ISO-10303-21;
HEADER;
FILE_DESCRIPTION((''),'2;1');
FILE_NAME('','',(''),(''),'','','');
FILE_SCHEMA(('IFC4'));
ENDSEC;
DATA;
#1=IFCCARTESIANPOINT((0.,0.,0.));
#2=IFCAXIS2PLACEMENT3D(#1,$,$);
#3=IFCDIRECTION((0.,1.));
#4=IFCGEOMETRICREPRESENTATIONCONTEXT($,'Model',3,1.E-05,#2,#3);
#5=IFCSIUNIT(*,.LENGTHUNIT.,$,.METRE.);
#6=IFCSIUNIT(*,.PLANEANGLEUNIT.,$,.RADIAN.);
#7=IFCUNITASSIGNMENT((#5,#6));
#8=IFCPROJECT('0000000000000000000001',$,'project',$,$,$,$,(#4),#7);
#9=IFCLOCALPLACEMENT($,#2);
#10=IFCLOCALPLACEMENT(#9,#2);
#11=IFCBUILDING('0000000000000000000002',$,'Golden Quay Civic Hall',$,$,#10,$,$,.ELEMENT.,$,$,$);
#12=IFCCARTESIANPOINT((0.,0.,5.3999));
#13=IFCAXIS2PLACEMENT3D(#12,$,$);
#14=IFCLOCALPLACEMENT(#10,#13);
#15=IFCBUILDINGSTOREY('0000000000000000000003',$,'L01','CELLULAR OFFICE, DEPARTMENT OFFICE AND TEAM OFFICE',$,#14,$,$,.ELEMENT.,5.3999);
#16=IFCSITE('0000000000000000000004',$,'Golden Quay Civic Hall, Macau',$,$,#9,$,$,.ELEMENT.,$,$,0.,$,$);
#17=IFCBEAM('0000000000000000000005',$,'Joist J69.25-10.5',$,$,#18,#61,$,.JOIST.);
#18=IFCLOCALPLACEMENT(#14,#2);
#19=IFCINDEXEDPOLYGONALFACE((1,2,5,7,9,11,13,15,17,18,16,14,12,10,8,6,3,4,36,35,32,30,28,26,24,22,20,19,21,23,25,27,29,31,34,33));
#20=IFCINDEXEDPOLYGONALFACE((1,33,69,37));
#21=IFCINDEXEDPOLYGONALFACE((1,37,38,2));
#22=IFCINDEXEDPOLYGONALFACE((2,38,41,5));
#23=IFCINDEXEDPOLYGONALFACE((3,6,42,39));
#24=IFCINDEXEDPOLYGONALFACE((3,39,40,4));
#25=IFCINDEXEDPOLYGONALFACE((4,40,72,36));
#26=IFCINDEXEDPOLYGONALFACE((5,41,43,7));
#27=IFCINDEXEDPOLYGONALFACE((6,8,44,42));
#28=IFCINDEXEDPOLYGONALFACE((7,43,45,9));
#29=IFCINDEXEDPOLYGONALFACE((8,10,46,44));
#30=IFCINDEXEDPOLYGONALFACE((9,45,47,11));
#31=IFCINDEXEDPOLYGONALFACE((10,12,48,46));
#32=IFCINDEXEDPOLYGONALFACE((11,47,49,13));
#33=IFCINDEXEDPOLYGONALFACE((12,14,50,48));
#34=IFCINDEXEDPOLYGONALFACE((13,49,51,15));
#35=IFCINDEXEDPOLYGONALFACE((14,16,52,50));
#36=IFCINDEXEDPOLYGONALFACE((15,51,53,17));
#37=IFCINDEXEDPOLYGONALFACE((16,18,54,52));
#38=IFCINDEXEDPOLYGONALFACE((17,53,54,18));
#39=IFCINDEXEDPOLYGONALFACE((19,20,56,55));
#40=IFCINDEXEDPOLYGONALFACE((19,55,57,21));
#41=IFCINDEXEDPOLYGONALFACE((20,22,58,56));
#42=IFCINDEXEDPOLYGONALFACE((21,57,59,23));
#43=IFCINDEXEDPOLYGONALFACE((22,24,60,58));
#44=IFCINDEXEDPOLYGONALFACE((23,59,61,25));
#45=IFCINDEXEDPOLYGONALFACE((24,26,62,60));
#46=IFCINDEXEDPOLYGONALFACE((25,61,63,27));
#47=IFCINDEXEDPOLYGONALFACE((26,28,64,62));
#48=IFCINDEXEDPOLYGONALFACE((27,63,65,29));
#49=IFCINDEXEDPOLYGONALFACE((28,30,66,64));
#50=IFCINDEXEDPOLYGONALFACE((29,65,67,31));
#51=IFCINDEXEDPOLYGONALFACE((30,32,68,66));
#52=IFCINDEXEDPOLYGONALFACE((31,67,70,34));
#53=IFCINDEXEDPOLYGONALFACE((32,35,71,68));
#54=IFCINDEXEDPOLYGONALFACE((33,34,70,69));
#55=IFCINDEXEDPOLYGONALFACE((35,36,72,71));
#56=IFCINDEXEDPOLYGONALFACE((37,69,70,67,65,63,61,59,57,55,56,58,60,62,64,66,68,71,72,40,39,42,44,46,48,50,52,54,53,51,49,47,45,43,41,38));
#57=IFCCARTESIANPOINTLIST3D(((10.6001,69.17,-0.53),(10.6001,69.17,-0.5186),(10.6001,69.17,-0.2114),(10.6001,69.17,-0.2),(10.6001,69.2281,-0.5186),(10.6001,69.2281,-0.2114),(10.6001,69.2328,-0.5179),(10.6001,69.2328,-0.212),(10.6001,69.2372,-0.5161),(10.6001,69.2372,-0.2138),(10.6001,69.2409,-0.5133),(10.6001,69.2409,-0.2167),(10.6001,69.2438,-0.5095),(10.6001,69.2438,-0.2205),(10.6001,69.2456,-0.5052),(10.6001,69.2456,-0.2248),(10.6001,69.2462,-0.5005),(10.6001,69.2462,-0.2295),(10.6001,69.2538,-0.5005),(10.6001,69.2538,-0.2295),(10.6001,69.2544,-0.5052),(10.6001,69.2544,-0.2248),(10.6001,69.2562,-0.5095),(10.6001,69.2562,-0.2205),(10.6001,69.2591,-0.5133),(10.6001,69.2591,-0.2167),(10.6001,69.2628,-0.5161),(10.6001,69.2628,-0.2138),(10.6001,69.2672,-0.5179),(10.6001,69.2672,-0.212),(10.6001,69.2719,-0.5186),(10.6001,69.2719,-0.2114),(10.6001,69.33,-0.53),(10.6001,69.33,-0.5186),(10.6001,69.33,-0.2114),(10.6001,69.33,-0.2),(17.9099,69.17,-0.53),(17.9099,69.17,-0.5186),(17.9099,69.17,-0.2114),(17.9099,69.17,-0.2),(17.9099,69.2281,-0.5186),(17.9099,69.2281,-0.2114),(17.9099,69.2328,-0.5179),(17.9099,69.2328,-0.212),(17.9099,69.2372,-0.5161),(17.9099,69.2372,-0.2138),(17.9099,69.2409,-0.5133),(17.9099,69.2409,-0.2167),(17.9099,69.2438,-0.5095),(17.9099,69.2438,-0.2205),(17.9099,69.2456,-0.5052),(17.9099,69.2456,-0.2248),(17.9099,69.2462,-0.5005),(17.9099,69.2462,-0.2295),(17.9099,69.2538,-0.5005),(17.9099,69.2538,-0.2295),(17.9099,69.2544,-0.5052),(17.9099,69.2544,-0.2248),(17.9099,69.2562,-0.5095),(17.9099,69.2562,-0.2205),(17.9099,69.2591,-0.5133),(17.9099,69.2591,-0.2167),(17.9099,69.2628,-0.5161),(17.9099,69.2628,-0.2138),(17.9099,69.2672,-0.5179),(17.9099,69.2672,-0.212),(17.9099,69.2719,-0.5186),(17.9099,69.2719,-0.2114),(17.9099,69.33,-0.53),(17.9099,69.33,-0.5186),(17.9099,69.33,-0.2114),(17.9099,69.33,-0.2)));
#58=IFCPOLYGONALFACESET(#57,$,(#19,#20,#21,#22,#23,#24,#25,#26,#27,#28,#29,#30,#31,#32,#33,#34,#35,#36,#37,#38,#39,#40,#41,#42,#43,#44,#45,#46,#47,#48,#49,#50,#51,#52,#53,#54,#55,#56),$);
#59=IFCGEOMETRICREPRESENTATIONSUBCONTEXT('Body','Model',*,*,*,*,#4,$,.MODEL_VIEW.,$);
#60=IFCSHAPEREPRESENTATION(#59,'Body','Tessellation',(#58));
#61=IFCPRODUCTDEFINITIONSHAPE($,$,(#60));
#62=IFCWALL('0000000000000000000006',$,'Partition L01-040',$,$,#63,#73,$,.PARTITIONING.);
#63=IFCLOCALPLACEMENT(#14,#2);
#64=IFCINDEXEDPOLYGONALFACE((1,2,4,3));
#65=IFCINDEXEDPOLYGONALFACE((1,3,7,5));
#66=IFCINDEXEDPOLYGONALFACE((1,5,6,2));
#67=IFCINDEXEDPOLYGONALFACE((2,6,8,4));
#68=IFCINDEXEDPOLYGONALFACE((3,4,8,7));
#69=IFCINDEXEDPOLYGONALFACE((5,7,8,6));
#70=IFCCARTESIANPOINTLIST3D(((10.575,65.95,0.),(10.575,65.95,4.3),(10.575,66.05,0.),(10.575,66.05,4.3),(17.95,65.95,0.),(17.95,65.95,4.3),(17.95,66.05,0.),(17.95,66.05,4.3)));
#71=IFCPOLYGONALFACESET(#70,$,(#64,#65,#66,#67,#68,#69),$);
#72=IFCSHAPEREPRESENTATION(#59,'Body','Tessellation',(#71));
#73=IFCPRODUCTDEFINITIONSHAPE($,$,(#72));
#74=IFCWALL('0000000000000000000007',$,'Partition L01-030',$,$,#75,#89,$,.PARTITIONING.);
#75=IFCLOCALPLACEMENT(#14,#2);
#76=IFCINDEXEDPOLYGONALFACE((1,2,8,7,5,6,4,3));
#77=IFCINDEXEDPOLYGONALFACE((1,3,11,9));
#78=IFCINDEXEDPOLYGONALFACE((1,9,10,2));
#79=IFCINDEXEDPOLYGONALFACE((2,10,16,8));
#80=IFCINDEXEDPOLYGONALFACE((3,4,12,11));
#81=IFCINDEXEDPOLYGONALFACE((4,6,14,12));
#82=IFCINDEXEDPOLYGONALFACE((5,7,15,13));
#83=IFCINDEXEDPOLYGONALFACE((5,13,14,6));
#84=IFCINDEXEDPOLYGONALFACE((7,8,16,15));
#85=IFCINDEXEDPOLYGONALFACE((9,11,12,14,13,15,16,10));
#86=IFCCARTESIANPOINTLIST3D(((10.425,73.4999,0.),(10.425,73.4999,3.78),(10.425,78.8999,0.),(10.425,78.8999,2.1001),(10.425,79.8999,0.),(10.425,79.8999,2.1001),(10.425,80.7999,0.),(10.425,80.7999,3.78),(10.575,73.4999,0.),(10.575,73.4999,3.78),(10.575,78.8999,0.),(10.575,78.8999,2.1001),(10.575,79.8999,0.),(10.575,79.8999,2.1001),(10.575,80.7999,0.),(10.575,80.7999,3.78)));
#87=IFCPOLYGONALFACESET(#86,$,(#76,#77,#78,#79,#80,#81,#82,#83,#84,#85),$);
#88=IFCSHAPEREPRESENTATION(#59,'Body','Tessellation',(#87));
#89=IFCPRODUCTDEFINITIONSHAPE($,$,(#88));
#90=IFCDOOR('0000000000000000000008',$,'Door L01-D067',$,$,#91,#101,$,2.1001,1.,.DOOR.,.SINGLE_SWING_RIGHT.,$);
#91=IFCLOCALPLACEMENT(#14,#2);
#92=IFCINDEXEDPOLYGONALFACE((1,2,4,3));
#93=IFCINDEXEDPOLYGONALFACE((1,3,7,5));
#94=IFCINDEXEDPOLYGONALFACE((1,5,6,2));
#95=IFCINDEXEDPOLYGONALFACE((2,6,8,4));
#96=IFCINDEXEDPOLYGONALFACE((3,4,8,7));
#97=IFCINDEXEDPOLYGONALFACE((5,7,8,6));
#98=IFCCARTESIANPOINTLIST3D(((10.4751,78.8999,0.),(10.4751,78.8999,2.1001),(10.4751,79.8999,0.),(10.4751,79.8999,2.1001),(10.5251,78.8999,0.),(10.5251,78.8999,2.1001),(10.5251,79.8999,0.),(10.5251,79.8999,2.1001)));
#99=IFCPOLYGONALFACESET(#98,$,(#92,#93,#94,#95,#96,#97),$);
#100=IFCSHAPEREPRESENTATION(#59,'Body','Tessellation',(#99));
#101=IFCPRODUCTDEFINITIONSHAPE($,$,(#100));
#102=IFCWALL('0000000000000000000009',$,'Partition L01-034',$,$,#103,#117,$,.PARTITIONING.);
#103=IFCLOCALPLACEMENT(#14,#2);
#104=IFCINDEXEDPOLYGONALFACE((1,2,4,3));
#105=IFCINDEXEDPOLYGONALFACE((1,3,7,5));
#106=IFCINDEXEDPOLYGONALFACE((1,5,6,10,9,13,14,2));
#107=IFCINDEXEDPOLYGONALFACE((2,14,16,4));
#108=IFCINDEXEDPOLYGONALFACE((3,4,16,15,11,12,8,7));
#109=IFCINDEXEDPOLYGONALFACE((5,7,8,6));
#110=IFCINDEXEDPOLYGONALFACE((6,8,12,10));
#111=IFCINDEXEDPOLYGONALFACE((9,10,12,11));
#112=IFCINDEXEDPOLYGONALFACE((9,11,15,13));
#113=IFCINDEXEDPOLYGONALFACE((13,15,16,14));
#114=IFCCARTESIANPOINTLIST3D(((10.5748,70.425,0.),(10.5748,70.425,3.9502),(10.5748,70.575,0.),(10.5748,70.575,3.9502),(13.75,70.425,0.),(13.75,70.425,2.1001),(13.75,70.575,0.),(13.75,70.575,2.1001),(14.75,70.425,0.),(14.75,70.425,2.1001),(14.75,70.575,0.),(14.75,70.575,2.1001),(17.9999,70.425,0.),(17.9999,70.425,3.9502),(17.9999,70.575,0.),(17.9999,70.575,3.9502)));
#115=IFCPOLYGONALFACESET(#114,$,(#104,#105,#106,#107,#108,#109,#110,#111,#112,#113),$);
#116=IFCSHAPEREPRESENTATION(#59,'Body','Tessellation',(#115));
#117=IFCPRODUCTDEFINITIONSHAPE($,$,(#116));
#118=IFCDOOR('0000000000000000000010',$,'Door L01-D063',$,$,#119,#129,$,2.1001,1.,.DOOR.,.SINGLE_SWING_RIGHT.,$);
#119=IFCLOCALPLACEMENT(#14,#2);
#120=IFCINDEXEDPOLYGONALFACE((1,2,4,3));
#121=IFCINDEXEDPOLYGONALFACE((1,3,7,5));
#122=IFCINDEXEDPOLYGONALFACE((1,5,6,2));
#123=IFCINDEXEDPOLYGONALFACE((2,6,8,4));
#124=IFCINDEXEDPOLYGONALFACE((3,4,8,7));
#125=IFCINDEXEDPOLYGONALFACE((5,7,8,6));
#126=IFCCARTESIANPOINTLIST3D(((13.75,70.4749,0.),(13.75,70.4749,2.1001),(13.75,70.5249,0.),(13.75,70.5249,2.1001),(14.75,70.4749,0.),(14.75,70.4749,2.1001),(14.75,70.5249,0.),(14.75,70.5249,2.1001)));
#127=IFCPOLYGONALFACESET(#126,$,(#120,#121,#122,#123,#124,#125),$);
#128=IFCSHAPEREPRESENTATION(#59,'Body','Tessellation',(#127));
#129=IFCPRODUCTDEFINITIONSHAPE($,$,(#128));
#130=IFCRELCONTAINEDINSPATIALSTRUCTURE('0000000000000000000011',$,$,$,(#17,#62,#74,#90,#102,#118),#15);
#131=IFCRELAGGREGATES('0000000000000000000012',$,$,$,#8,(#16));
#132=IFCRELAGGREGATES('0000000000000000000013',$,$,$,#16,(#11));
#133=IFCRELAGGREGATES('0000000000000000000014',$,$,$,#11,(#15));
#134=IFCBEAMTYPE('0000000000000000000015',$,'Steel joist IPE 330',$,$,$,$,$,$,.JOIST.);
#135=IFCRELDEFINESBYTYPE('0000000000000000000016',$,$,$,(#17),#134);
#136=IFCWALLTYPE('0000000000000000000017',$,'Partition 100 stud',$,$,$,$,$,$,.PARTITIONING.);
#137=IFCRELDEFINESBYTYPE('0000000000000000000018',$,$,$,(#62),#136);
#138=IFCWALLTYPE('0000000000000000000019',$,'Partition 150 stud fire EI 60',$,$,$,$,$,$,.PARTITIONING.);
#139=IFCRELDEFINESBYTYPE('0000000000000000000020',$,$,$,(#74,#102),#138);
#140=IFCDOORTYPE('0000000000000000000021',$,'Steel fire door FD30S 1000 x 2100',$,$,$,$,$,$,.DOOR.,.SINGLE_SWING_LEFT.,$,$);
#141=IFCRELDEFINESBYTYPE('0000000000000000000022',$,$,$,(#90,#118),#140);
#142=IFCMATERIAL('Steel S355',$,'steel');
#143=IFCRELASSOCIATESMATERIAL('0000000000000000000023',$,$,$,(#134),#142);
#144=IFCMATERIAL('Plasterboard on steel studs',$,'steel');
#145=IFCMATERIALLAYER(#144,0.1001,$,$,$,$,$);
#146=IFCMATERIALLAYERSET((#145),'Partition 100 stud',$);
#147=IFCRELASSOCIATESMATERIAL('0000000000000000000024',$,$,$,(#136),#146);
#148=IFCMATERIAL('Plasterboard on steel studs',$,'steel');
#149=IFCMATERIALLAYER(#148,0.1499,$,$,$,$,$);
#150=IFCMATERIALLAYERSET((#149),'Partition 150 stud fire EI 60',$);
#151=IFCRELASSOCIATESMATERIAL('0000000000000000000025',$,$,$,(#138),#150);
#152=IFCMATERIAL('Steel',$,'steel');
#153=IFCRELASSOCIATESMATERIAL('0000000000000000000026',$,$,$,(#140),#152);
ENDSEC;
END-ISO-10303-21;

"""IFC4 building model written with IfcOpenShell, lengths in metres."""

from ifc_helpers import new_model, si_unit, direction, frame, frame_2d, origin, origin_2d, place, context, subcontext, project, spatial, rectangle, i_section, extrude, material, layer, layer_set, material_profile, profile_set, type_object, element, fill, save


model = new_model("IFC4")

# Units and contexts
model_context = context("Model", 3, precision=1e-05, world=origin(), true_north=direction((0.0, 1.0)))
body_context = subcontext(model_context, "Body", "Model", "MODEL_VIEW")
ifc_project = project(units=[si_unit("LENGTHUNIT", "METRE"), si_unit("PLANEANGLEUNIT", "RADIAN")], contexts=[model_context])

# Site, building, storey
site_placement = place(None, origin())
site = spatial("IfcSite", under=ifc_project, at=site_placement, Name="Golden Quay Civic Hall, Macau", CompositionType="ELEMENT", RefElevation=0.0)
building_placement = place(site_placement, origin())
building = spatial("IfcBuilding", under=site, at=building_placement, Name="Golden Quay Civic Hall", CompositionType="ELEMENT")
storey_placement = place(building_placement, frame((0.0, 0.0, 5.3999)))
storey = spatial("IfcBuildingStorey", under=building, at=storey_placement, Name="L01", Description="CELLULAR OFFICE, DEPARTMENT OFFICE AND TEAM OFFICE", CompositionType="ELEMENT", Elevation=5.3999)

# Beam
ifc_material_1 = material(Name="Steel S355", Category="steel")
ifc_material_profile_1 = material_profile(ifc_material_1, i_section(OverallWidth=0.1599, OverallDepth=0.3301, WebThickness=0.0076, FlangeThickness=0.0115, FilletRadius=0.0181, at=origin_2d()), Name="IPE 330")
ifc_profile_set_1 = profile_set([ifc_material_profile_1], Name="Steel S355")
beam_type_1 = type_object("IfcBeamType", Name="Steel joist IPE 330", PredefinedType="JOIST", material=ifc_profile_set_1)
for number, where, z_axis, x_axis, name in (
    (1, (10.6001, 69.25, -0.365), (1.0, 0.0, 0.0), (0.0, 1.0, 0.0), "Joist J69.25-10.5"),
):
    element("IfcBeam", number, at=place(storey_placement, frame(where, z_axis=z_axis, x_axis=x_axis)), inside=storey, type_object=beam_type_1, Name=name, PredefinedType="JOIST", context=body_context, shape_type="SweptSolid", body=[
        extrude(i_section(OverallWidth=0.1599, OverallDepth=0.3301, WebThickness=0.0076, FlangeThickness=0.0115, FilletRadius=0.0181, at=origin_2d()), origin(), (0.0, 0.0, 1.0), 7.3098),
    ])

# Wall
ifc_material_2 = material(Name="Plasterboard on steel studs", Category="steel")
ifc_layer_1 = layer(ifc_material_2, 0.1001)
ifc_layer_set_1 = layer_set([ifc_layer_1], Name="Partition 100 stud")
wall_type_1 = type_object("IfcWallType", Name="Partition 100 stud", PredefinedType="PARTITIONING", material=ifc_layer_set_1)
wall_1_placement = place(storey_placement, frame((10.575, 66.0, 0.0), z_axis=(0.0, 0.0, 1.0), x_axis=(1.0, 0.0, 0.0)))
element("IfcWall", 2, at=wall_1_placement, inside=storey, type_object=wall_type_1, Name="Partition L01-040", PredefinedType="PARTITIONING", context=body_context, shape_type="SweptSolid", body=[
    extrude(rectangle(XDim=7.375, YDim=0.1001, at=frame_2d((3.6875, 0.0))), origin(), (0.0, 0.0, 1.0), 4.3),
])

# Walls, openings, doors
ifc_material_3 = material(Name="Plasterboard on steel studs", Category="steel")
ifc_layer_2 = layer(ifc_material_3, 0.1499)
ifc_layer_set_2 = layer_set([ifc_layer_2], Name="Partition 150 stud fire EI 60")
wall_type_2 = type_object("IfcWallType", Name="Partition 150 stud fire EI 60", PredefinedType="PARTITIONING", material=ifc_layer_set_2)
wall_2_placement = place(storey_placement, frame((10.5, 73.5, 0.0), z_axis=(0.0, 0.0, 1.0), x_axis=(0.0, 1.0, 0.0)))
wall_2 = element("IfcWall", 3, at=wall_2_placement, inside=storey, type_object=wall_type_2, Name="Partition L01-030", PredefinedType="PARTITIONING", context=body_context, shape_type="SweptSolid", body=[
    extrude(rectangle(XDim=7.3, YDim=0.1499, at=frame_2d((3.6499, 0.0))), origin(), (0.0, 0.0, 1.0), 3.78),
])
opening_1_placement = place(wall_2_placement, frame((5.3999, 0.0, 0.0)))
opening_1 = element("IfcOpeningElement", 4, at=opening_1_placement, cuts=wall_2, PredefinedType="OPENING", context=body_context, shape_type="SweptSolid", body=[
    extrude(rectangle(XDim=1.0, YDim=2.1001, at=frame_2d((0.5, 1.05))), frame((0.0, 0.085, 0.0), z_axis=(0.0, -1.0, 0.0), x_axis=(1.0, 0.0, 0.0)), (0.0, 0.0, 1.0), 0.1699),
])
ifc_material_4 = material(Name="Steel", Category="steel")
door_type = type_object("IfcDoorType", Name="Steel fire door FD30S 1000 x 2100", OperationType="SINGLE_SWING_LEFT", PredefinedType="DOOR", material=ifc_material_4)
door_1_placement = place(opening_1_placement, frame((1.0, 0.0, 0.0), z_axis=(0.0, 0.0, 1.0), x_axis=(-1.0, 0.0, 0.0)))
door_1 = element("IfcDoor", 5, at=door_1_placement, inside=storey, type_object=door_type, Name="Door L01-D067", OperationType="SINGLE_SWING_RIGHT", OverallHeight=2.1001, OverallWidth=1.0, PredefinedType="DOOR", context=body_context, shape_type="SweptSolid", body=[
    extrude(rectangle(XDim=1.0, YDim=2.1001, at=frame_2d((0.5, 1.05))), frame((0.0, 0.0251, 0.0), z_axis=(0.0, -1.0, 0.0), x_axis=(1.0, 0.0, 0.0)), (0.0, 0.0, 1.0), 0.05),
])
fill(opening_1, door_1)
wall_3_placement = place(storey_placement, frame((10.575, 70.5, 0.0), z_axis=(0.0, 0.0, 1.0), x_axis=(1.0, 0.0, 0.0)))
wall_3 = element("IfcWall", 6, at=wall_3_placement, inside=storey, type_object=wall_type_2, Name="Partition L01-034", PredefinedType="PARTITIONING", context=body_context, shape_type="SweptSolid", body=[
    extrude(rectangle(XDim=7.425, YDim=0.1499, at=frame_2d((3.7124, 0.0))), origin(), (0.0, 0.0, 1.0), 3.9502),
])
opening_2_placement = place(wall_3_placement, frame((3.175, 0.0, 0.0)))
opening_2 = element("IfcOpeningElement", 7, at=opening_2_placement, cuts=wall_3, PredefinedType="OPENING", context=body_context, shape_type="SweptSolid", body=[
    extrude(rectangle(XDim=1.0, YDim=2.1001, at=frame_2d((0.5, 1.05))), frame((0.0, 0.085, 0.0), z_axis=(0.0, -1.0, 0.0), x_axis=(1.0, 0.0, 0.0)), (0.0, 0.0, 1.0), 0.1699),
])
door_2_placement = place(opening_2_placement, frame((1.0, 0.0, 0.0), z_axis=(0.0, 0.0, 1.0), x_axis=(-1.0, 0.0, 0.0)))
door_2 = element("IfcDoor", 8, at=door_2_placement, inside=storey, type_object=door_type, Name="Door L01-D063", OperationType="SINGLE_SWING_RIGHT", OverallHeight=2.1001, OverallWidth=1.0, PredefinedType="DOOR", context=body_context, shape_type="SweptSolid", body=[
    extrude(rectangle(XDim=1.0, YDim=2.1001, at=frame_2d((0.5, 1.05))), frame((0.0, 0.0251, 0.0), z_axis=(0.0, -1.0, 0.0), x_axis=(1.0, 0.0, 0.0)), (0.0, 0.0, 1.0), 0.05),
])
fill(opening_2, door_2)

save(model, "model.ifc")
